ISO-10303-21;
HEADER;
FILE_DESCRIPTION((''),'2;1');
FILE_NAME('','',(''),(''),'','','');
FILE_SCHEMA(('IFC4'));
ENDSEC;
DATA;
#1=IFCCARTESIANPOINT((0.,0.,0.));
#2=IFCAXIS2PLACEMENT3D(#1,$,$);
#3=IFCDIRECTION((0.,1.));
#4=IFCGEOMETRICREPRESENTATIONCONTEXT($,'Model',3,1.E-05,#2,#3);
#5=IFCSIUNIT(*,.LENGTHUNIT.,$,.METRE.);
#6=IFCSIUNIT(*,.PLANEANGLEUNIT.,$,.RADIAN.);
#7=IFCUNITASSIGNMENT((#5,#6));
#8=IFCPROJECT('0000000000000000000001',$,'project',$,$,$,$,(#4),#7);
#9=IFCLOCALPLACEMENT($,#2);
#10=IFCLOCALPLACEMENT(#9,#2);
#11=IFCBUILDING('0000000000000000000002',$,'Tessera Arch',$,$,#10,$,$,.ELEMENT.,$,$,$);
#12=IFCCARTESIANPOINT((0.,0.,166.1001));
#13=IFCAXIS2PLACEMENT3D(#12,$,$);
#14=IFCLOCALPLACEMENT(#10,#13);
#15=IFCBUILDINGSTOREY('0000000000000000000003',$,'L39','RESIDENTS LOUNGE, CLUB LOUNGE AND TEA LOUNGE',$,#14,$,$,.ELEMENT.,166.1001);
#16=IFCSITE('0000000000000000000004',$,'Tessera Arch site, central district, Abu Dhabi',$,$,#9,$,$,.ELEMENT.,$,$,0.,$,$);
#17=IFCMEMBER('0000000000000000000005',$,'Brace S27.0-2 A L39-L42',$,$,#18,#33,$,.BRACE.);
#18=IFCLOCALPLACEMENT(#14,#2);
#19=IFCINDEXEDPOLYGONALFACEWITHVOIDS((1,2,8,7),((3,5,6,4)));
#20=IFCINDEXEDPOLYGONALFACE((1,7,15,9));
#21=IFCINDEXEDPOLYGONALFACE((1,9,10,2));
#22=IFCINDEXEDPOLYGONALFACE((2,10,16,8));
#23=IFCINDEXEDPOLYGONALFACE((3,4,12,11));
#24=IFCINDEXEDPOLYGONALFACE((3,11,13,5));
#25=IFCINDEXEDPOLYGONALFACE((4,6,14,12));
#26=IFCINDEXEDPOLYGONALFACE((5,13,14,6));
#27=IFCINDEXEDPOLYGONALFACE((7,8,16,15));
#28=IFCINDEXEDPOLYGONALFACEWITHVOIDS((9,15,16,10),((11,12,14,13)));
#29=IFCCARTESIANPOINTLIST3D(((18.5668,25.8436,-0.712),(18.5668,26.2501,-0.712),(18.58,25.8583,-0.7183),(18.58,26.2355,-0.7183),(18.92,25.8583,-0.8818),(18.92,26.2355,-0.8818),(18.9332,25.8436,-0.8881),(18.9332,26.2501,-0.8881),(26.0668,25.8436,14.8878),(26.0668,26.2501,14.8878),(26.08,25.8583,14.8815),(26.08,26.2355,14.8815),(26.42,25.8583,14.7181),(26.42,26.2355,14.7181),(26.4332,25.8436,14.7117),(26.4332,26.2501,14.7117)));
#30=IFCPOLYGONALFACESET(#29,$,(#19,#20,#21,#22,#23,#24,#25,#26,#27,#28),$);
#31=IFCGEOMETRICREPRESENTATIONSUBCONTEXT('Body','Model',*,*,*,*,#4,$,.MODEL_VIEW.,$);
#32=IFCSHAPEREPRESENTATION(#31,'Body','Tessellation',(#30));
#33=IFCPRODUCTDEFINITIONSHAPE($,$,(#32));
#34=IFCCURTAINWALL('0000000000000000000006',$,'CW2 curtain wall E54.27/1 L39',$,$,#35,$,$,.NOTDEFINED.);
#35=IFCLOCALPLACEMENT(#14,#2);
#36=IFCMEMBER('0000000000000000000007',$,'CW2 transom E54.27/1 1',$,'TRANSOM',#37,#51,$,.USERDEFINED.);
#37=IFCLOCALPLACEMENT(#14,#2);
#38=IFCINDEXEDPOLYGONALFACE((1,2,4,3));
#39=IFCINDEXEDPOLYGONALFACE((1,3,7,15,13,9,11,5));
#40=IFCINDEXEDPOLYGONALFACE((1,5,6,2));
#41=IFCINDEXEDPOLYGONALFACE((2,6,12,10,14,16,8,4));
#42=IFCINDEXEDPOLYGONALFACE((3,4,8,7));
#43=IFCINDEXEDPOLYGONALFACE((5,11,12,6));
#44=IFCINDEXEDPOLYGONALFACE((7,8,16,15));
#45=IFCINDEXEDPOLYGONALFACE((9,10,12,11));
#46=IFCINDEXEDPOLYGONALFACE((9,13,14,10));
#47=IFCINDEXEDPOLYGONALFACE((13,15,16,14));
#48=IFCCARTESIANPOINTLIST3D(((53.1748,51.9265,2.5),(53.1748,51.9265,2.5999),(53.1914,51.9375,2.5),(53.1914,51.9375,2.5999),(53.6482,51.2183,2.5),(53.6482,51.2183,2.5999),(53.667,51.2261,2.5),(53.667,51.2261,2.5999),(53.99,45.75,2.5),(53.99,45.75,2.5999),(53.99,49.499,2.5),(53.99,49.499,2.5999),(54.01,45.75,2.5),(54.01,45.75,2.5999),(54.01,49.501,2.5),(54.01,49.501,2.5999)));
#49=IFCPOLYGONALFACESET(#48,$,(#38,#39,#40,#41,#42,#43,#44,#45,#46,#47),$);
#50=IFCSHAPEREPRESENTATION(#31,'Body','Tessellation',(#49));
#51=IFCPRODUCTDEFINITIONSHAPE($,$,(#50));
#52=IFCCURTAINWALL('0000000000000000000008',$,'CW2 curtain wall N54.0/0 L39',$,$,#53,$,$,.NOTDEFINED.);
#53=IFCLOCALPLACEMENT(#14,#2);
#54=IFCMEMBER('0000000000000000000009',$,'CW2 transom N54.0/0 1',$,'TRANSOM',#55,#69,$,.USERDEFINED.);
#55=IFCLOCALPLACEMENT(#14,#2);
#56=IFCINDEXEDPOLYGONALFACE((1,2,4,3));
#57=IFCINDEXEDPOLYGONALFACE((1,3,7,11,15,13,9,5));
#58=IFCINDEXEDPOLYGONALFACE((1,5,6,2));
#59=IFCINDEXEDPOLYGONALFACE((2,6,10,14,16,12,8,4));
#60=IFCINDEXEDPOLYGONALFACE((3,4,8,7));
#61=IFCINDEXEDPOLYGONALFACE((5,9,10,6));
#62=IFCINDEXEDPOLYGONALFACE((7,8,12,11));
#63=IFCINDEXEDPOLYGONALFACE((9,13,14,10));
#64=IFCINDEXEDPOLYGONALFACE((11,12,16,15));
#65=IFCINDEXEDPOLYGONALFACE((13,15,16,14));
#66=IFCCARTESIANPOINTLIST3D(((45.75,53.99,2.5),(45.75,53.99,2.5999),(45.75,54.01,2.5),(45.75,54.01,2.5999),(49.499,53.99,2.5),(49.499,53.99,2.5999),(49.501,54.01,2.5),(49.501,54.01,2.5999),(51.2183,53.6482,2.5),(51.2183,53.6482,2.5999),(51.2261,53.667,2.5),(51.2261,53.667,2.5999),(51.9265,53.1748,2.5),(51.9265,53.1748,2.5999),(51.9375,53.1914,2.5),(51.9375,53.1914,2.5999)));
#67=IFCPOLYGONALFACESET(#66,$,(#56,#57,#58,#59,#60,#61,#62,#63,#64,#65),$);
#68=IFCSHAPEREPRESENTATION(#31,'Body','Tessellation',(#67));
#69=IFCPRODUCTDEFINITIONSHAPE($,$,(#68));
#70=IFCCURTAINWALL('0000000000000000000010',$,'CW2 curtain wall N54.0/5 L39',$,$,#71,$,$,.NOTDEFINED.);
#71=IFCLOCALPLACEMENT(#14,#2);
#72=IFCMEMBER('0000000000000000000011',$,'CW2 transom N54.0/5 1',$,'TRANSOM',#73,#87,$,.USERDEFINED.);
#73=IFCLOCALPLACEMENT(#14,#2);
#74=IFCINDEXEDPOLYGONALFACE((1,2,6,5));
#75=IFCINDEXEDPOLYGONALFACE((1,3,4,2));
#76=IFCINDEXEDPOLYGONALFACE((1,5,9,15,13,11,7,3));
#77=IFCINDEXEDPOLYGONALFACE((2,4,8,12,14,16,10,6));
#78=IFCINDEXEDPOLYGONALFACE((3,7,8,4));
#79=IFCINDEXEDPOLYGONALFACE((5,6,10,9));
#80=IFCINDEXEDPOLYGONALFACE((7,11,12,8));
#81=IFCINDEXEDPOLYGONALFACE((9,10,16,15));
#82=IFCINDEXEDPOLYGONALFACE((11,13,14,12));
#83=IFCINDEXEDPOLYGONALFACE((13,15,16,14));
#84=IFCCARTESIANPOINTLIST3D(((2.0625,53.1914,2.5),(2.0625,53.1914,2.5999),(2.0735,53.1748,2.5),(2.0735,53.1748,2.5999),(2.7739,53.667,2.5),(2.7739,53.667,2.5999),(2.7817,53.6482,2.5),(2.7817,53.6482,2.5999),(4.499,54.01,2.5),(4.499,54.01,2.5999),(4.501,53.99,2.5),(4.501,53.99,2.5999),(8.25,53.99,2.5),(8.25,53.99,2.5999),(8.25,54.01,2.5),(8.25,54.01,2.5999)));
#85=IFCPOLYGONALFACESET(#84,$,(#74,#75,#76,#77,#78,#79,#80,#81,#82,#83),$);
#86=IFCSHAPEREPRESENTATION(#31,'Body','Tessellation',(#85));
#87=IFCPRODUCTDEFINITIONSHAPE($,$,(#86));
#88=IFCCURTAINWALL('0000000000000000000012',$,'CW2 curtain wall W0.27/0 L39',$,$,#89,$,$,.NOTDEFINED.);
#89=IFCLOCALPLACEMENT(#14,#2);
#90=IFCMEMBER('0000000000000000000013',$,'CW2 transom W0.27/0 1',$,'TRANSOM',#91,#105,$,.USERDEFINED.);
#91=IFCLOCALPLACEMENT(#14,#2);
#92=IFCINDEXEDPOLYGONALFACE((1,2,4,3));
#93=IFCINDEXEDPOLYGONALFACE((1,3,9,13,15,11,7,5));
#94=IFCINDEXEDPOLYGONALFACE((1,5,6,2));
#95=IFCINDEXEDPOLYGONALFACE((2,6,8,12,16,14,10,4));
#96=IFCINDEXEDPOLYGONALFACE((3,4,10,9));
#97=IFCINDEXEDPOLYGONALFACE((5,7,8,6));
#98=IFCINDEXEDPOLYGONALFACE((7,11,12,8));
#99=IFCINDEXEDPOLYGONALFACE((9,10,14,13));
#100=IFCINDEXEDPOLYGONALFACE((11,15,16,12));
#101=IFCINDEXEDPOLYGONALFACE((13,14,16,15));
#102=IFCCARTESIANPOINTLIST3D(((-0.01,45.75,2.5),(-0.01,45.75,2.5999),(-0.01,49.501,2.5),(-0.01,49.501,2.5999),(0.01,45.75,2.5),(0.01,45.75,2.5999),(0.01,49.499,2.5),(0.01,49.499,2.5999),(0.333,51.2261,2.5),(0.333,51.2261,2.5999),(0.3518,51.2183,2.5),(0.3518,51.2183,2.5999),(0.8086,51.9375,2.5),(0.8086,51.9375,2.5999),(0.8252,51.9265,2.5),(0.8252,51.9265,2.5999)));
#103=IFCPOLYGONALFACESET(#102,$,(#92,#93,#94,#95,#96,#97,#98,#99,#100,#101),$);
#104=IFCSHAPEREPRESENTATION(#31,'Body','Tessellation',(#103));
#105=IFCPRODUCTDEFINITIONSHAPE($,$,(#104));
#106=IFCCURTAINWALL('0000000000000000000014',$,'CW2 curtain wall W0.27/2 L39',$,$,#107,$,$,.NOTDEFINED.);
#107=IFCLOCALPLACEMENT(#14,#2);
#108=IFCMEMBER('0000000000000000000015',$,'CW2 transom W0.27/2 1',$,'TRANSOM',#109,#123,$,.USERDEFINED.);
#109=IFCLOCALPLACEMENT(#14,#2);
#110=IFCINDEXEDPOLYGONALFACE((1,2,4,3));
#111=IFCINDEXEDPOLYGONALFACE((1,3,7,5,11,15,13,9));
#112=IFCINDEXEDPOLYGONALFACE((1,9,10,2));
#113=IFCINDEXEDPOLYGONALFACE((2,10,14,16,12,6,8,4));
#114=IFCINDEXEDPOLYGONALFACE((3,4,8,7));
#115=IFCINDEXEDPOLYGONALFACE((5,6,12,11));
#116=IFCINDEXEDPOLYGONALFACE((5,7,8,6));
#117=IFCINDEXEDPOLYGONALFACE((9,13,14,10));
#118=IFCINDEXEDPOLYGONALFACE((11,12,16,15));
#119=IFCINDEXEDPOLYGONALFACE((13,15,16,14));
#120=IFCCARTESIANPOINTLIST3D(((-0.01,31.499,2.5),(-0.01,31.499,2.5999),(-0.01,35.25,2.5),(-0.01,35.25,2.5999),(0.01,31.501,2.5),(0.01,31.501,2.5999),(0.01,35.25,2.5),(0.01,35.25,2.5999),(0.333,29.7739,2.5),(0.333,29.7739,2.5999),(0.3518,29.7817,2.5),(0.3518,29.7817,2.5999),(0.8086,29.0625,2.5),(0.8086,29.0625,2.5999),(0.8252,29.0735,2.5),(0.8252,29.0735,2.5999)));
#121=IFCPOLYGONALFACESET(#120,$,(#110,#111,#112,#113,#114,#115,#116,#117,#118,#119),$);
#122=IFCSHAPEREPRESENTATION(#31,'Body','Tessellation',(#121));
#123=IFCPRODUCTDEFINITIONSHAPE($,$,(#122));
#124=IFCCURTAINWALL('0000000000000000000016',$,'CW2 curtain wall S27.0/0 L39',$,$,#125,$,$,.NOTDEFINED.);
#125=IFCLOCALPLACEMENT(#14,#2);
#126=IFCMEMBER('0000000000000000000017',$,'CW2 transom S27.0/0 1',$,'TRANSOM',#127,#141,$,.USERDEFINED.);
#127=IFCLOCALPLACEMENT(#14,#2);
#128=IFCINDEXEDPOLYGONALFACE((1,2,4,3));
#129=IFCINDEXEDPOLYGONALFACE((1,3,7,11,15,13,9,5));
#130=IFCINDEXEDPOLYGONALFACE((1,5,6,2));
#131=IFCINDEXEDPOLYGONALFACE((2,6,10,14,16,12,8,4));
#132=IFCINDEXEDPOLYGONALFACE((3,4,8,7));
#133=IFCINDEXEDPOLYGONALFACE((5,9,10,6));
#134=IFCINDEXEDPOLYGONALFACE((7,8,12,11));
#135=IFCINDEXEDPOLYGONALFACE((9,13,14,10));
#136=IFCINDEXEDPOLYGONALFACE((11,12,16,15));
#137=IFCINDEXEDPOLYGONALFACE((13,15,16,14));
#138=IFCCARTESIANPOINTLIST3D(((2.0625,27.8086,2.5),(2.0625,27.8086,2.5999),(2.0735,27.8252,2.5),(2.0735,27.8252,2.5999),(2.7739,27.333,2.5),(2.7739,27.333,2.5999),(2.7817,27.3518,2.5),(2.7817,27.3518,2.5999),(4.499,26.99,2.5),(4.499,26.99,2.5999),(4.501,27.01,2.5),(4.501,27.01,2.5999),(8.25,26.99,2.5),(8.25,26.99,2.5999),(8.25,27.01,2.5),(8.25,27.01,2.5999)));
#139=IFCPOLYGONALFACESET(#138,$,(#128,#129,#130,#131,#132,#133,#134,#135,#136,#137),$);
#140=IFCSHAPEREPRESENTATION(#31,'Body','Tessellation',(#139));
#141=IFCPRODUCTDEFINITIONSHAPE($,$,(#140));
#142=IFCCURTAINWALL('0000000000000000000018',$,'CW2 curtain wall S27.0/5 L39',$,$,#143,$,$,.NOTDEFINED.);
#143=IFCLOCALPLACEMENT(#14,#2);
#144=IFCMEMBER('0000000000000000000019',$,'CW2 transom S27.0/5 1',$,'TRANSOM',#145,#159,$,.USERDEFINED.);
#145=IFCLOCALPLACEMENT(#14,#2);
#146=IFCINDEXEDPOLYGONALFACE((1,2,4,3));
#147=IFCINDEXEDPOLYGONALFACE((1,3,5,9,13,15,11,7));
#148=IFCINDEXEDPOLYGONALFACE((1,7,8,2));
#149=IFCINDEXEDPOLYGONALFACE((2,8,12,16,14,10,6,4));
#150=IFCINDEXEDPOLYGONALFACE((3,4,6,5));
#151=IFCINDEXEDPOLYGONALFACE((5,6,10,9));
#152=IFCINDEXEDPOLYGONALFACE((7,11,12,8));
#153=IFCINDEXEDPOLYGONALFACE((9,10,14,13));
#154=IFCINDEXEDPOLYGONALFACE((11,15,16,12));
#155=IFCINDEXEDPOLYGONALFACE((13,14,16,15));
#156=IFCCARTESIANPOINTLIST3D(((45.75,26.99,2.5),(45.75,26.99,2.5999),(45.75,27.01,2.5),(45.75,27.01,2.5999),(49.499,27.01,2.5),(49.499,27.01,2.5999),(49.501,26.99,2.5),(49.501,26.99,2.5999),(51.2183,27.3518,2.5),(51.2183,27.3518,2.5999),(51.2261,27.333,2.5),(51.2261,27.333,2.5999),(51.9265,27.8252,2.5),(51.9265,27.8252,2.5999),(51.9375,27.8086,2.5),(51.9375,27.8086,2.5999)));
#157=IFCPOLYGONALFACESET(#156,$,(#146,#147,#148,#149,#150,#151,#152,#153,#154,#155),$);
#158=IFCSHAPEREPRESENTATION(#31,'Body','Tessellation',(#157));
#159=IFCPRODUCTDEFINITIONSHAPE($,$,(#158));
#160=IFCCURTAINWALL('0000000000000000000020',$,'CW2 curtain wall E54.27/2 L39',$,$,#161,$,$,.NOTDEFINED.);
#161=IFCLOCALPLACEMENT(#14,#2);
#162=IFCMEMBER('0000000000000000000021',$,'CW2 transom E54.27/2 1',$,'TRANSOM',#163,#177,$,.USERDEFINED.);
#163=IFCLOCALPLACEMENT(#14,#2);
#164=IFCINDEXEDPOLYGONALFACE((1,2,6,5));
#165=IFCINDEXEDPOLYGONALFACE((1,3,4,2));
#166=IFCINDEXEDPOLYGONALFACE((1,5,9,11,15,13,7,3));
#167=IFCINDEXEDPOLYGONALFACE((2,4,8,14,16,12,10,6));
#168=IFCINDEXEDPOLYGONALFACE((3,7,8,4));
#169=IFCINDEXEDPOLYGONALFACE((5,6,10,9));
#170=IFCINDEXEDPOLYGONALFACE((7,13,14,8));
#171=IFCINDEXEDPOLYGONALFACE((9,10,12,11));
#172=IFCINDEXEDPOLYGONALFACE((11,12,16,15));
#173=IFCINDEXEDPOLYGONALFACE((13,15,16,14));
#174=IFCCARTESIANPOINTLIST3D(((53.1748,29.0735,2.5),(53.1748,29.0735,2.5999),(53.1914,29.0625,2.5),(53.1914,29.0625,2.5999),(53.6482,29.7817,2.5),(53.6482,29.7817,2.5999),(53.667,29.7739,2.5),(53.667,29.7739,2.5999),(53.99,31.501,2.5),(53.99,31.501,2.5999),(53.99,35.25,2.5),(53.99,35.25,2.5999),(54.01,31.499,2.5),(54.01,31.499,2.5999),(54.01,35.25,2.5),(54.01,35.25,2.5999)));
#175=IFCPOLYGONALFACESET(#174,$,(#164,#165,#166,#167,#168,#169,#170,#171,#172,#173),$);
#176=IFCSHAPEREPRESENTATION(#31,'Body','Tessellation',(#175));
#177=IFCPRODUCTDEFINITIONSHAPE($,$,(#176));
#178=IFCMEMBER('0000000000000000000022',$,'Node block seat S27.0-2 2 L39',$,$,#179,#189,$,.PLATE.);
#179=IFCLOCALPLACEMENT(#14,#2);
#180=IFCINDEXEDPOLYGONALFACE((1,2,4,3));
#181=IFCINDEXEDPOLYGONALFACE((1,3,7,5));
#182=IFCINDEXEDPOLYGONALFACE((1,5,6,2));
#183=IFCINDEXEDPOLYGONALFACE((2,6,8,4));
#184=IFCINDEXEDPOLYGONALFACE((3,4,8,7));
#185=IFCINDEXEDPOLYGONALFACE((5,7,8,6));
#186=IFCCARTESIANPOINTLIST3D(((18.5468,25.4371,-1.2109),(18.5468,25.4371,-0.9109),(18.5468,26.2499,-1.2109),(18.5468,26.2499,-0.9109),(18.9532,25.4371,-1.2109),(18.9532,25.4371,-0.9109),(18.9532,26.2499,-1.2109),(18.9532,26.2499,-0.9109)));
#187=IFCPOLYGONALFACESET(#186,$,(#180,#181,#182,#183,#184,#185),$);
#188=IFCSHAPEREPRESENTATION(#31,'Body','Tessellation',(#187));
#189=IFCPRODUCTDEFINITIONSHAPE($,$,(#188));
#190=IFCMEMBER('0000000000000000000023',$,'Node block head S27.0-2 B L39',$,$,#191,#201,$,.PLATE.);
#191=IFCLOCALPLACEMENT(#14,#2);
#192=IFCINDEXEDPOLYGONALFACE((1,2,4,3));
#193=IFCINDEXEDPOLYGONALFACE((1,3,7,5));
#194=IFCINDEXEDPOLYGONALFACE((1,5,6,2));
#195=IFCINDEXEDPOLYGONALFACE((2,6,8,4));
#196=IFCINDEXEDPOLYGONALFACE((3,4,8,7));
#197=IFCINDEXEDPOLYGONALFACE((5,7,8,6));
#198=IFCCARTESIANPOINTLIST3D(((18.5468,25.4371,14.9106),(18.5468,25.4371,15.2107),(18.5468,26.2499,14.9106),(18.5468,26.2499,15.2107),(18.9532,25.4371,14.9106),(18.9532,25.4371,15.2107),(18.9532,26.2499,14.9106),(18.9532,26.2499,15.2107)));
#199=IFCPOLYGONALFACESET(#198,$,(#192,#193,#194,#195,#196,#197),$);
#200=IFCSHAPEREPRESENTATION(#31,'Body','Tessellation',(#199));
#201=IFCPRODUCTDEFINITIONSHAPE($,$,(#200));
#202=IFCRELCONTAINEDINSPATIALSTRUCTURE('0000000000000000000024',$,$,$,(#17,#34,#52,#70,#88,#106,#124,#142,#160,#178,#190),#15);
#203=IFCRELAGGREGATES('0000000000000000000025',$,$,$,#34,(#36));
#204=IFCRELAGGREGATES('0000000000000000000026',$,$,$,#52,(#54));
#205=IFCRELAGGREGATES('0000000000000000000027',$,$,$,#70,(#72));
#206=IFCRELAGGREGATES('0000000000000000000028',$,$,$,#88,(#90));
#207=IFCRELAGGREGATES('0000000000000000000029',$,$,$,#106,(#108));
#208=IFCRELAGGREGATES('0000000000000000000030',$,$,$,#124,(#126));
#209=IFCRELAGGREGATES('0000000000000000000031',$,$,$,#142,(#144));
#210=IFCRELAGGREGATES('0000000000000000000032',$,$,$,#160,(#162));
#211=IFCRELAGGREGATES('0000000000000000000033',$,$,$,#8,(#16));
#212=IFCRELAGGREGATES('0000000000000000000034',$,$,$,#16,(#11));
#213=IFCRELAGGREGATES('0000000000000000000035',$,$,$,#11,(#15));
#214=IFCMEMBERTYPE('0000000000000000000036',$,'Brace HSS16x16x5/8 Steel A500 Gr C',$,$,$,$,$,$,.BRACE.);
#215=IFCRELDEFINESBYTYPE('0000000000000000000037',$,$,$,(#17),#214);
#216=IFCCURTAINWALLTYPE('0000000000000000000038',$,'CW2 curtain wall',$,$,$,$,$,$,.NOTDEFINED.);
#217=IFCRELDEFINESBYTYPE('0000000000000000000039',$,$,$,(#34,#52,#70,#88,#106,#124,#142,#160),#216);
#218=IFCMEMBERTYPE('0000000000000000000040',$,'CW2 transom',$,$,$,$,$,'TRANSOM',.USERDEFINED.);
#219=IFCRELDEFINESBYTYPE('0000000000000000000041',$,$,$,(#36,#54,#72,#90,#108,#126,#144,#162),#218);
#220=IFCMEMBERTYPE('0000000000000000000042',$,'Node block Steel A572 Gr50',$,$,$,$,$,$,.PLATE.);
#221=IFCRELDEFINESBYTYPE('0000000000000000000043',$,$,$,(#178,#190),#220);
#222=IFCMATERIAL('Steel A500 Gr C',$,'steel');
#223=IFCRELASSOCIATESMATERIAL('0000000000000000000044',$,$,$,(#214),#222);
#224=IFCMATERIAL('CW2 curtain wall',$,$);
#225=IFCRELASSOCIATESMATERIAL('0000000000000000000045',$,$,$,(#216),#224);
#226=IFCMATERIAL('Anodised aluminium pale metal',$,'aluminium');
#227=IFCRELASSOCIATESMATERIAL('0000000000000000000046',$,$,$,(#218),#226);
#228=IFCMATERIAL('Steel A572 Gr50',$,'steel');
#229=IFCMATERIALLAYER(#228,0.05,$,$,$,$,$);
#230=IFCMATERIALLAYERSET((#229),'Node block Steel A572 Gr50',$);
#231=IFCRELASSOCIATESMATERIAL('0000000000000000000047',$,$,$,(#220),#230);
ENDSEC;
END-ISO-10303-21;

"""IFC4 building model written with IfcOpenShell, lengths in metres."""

from ifc_helpers import new_model, si_unit, direction, frame, origin, origin_2d, place, context, subcontext, project, spatial, polyline, rectangle, hollow_rectangle, outline, extrude, material, layer, layer_set, material_profile, profile_set, type_object, element, aggregate, save


model = new_model("IFC4")

# Units and contexts
model_context = context("Model", 3, precision=1e-05, world=origin(), true_north=direction((0.0, 1.0)))
body_context = subcontext(model_context, "Body", "Model", "MODEL_VIEW")
ifc_project = project(units=[si_unit("LENGTHUNIT", "METRE"), si_unit("PLANEANGLEUNIT", "RADIAN")], contexts=[model_context])

# Site, building, storey
site_placement = place(None, origin())
site = spatial("IfcSite", under=ifc_project, at=site_placement, Name="Tessera Arch site, central district, Abu Dhabi", CompositionType="ELEMENT", RefElevation=0.0)
building_placement = place(site_placement, origin())
building = spatial("IfcBuilding", under=site, at=building_placement, Name="Tessera Arch", CompositionType="ELEMENT")
storey_placement = place(building_placement, frame((0.0, 0.0, 166.1001)))
storey = spatial("IfcBuildingStorey", under=building, at=storey_placement, Name="L39", Description="RESIDENTS LOUNGE, CLUB LOUNGE AND TEA LOUNGE", CompositionType="ELEMENT", Elevation=166.1001)

# Member
ifc_material_1 = material(Name="Steel A500 Gr C", Category="steel")
ifc_material_profile_1 = material_profile(ifc_material_1, hollow_rectangle(XDim=0.4065, YDim=0.4065, WallThickness=0.0146, at=origin_2d()), Name="HSS16x16x5/8")
ifc_profile_set_1 = profile_set([ifc_material_profile_1], Name="Steel A500 Gr C")
member_type_1 = type_object("IfcMemberType", Name="Brace HSS16x16x5/8 Steel A500 Gr C", PredefinedType="BRACE", material=ifc_profile_set_1)
member_1_placement = place(storey_placement, frame((18.75, 26.0469, -0.8), z_axis=(0.433298, 0.0, 0.901251), x_axis=(0.0, 1.0, 0.0)))
element("IfcMember", 1, at=member_1_placement, inside=storey, type_object=member_type_1, Name="Brace S27.0-2 A L39-L42", PredefinedType="BRACE", context=body_context, shape_type="SweptSolid", body=[
    extrude(hollow_rectangle(XDim=0.4065, YDim=0.4065, WallThickness=0.0146, at=origin_2d()), origin(), (0.0, 0.0, 1.0), 17.3091),
])

# Curtain walls, members
ifc_material_2 = material(Name="CW2 curtain wall")
curtain_wall_type_1 = type_object("IfcCurtainWallType", Name="CW2 curtain wall", PredefinedType="NOTDEFINED", material=ifc_material_2)
curtain_wall_1_placement = place(storey_placement, origin())
curtain_wall_1 = element("IfcCurtainWall", 2, at=curtain_wall_1_placement, inside=storey, type_object=curtain_wall_type_1, Name="CW2 curtain wall E54.27/1 L39", PredefinedType="NOTDEFINED")
ifc_material_3 = material(Name="Anodised aluminium pale metal", Category="aluminium")
ifc_material_profile_2 = material_profile(ifc_material_3, rectangle(XDim=0.2, YDim=0.1001, at=origin_2d()), Name="AL 200x100")
ifc_profile_set_2 = profile_set([ifc_material_profile_2], Name="Anodised aluminium pale metal")
member_type_2 = type_object("IfcMemberType", Name="CW2 transom", ElementType="TRANSOM", PredefinedType="USERDEFINED", material=ifc_profile_set_2)
member_2_placement = place(storey_placement, frame((0.0, 0.0, 2.5)))
member_2 = element("IfcMember", 3, at=member_2_placement, type_object=member_type_2, Name="CW2 transom E54.27/1 1", ObjectType="TRANSOM", PredefinedType="USERDEFINED", context=body_context, shape_type="SweptSolid", body=[
    extrude(outline(polyline([(53.99, 49.499), (53.99, 45.75), (54.01, 45.75), (54.01, 49.501), (53.667, 51.2261), (53.1914, 51.9375), (53.1748, 51.9265), (53.6482, 51.2183), (53.99, 49.499)])), origin(), (0.0, 0.0, 1.0), 0.0999),
])
curtain_wall_2_placement = place(storey_placement, origin())
curtain_wall_2 = element("IfcCurtainWall", 4, at=curtain_wall_2_placement, inside=storey, type_object=curtain_wall_type_1, Name="CW2 curtain wall N54.0/0 L39", PredefinedType="NOTDEFINED")
member_3_placement = place(storey_placement, frame((0.0, 0.0, 2.5)))
member_3 = element("IfcMember", 5, at=member_3_placement, type_object=member_type_2, Name="CW2 transom N54.0/0 1", ObjectType="TRANSOM", PredefinedType="USERDEFINED", context=body_context, shape_type="SweptSolid", body=[
    extrude(outline(polyline([(51.2183, 53.6482), (51.9265, 53.1748), (51.9375, 53.1914), (51.2261, 53.667), (49.501, 54.01), (45.75, 54.01), (45.75, 53.99), (49.499, 53.99), (51.2183, 53.6482)])), origin(), (0.0, 0.0, 1.0), 0.0999),
])
curtain_wall_3_placement = place(storey_placement, origin())
curtain_wall_3 = element("IfcCurtainWall", 6, at=curtain_wall_3_placement, inside=storey, type_object=curtain_wall_type_1, Name="CW2 curtain wall N54.0/5 L39", PredefinedType="NOTDEFINED")
member_4_placement = place(storey_placement, frame((0.0, 0.0, 2.5)))
member_4 = element("IfcMember", 7, at=member_4_placement, type_object=member_type_2, Name="CW2 transom N54.0/5 1", ObjectType="TRANSOM", PredefinedType="USERDEFINED", context=body_context, shape_type="SweptSolid", body=[
    extrude(outline(polyline([(4.501, 53.99), (8.25, 53.99), (8.25, 54.01), (4.499, 54.01), (2.7739, 53.667), (2.0625, 53.1914), (2.0735, 53.1748), (2.7817, 53.6482), (4.501, 53.99)])), origin(), (0.0, 0.0, 1.0), 0.0999),
])
curtain_wall_4_placement = place(storey_placement, origin())
curtain_wall_4 = element("IfcCurtainWall", 8, at=curtain_wall_4_placement, inside=storey, type_object=curtain_wall_type_1, Name="CW2 curtain wall W0.27/0 L39", PredefinedType="NOTDEFINED")
member_5_placement = place(storey_placement, frame((0.0, 0.0, 2.5)))
member_5 = element("IfcMember", 9, at=member_5_placement, type_object=member_type_2, Name="CW2 transom W0.27/0 1", ObjectType="TRANSOM", PredefinedType="USERDEFINED", context=body_context, shape_type="SweptSolid", body=[
    extrude(outline(polyline([(0.3518, 51.2183), (0.8252, 51.9265), (0.8086, 51.9375), (0.333, 51.2261), (-0.01, 49.501), (-0.01, 45.75), (0.01, 45.75), (0.01, 49.499), (0.3518, 51.2183)])), origin(), (0.0, 0.0, 1.0), 0.0999),
])
curtain_wall_5_placement = place(storey_placement, origin())
curtain_wall_5 = element("IfcCurtainWall", 10, at=curtain_wall_5_placement, inside=storey, type_object=curtain_wall_type_1, Name="CW2 curtain wall W0.27/2 L39", PredefinedType="NOTDEFINED")
member_6_placement = place(storey_placement, frame((0.0, 0.0, 2.5)))
member_6 = element("IfcMember", 11, at=member_6_placement, type_object=member_type_2, Name="CW2 transom W0.27/2 1", ObjectType="TRANSOM", PredefinedType="USERDEFINED", context=body_context, shape_type="SweptSolid", body=[
    extrude(outline(polyline([(0.01, 31.501), (0.01, 35.25), (-0.01, 35.25), (-0.01, 31.499), (0.333, 29.7739), (0.8086, 29.0625), (0.8252, 29.0735), (0.3518, 29.7817), (0.01, 31.501)])), origin(), (0.0, 0.0, 1.0), 0.0999),
])
curtain_wall_6_placement = place(storey_placement, origin())
curtain_wall_6 = element("IfcCurtainWall", 12, at=curtain_wall_6_placement, inside=storey, type_object=curtain_wall_type_1, Name="CW2 curtain wall S27.0/0 L39", PredefinedType="NOTDEFINED")
member_7_placement = place(storey_placement, frame((0.0, 0.0, 2.5)))
member_7 = element("IfcMember", 13, at=member_7_placement, type_object=member_type_2, Name="CW2 transom S27.0/0 1", ObjectType="TRANSOM", PredefinedType="USERDEFINED", context=body_context, shape_type="SweptSolid", body=[
    extrude(outline(polyline([(2.7817, 27.3518), (2.0735, 27.8252), (2.0625, 27.8086), (2.7739, 27.333), (4.499, 26.99), (8.25, 26.99), (8.25, 27.01), (4.501, 27.01), (2.7817, 27.3518)])), origin(), (0.0, 0.0, 1.0), 0.0999),
])
curtain_wall_7_placement = place(storey_placement, origin())
curtain_wall_7 = element("IfcCurtainWall", 14, at=curtain_wall_7_placement, inside=storey, type_object=curtain_wall_type_1, Name="CW2 curtain wall S27.0/5 L39", PredefinedType="NOTDEFINED")
member_8_placement = place(storey_placement, frame((0.0, 0.0, 2.5)))
member_8 = element("IfcMember", 15, at=member_8_placement, type_object=member_type_2, Name="CW2 transom S27.0/5 1", ObjectType="TRANSOM", PredefinedType="USERDEFINED", context=body_context, shape_type="SweptSolid", body=[
    extrude(outline(polyline([(49.499, 27.01), (45.75, 27.01), (45.75, 26.99), (49.501, 26.99), (51.2261, 27.333), (51.9375, 27.8086), (51.9265, 27.8252), (51.2183, 27.3518), (49.499, 27.01)])), origin(), (0.0, 0.0, 1.0), 0.0999),
])
curtain_wall_8_placement = place(storey_placement, origin())
curtain_wall_8 = element("IfcCurtainWall", 16, at=curtain_wall_8_placement, inside=storey, type_object=curtain_wall_type_1, Name="CW2 curtain wall E54.27/2 L39", PredefinedType="NOTDEFINED")
member_9_placement = place(storey_placement, frame((0.0, 0.0, 2.5)))
member_9 = element("IfcMember", 17, at=member_9_placement, type_object=member_type_2, Name="CW2 transom E54.27/2 1", ObjectType="TRANSOM", PredefinedType="USERDEFINED", context=body_context, shape_type="SweptSolid", body=[
    extrude(outline(polyline([(53.6482, 29.7817), (53.1748, 29.0735), (53.1914, 29.0625), (53.667, 29.7739), (54.01, 31.499), (54.01, 35.25), (53.99, 35.25), (53.99, 31.501), (53.6482, 29.7817)])), origin(), (0.0, 0.0, 1.0), 0.0999),
])

# Members
ifc_material_4 = material(Name="Steel A572 Gr50", Category="steel")
ifc_layer_1 = layer(ifc_material_4, 0.05)
ifc_layer_set_1 = layer_set([ifc_layer_1], Name="Node block Steel A572 Gr50")
member_type_3 = type_object("IfcMemberType", Name="Node block Steel A572 Gr50", PredefinedType="PLATE", material=ifc_layer_set_1)
for number, where, z_axis, x_axis, name in (
    (18, (18.75, 25.8435, -1.2109), (0.0, 0.0, 1.0), (1.0, 0.0, 0.0), "Node block seat S27.0-2 2 L39"),
    (19, (18.75, 25.8435, 14.9106), (0.0, 0.0, 1.0), (1.0, 0.0, 0.0), "Node block head S27.0-2 B L39"),
):
    element("IfcMember", number, at=place(storey_placement, frame(where, z_axis=z_axis, x_axis=x_axis)), inside=storey, type_object=member_type_3, Name=name, PredefinedType="PLATE", context=body_context, shape_type="SweptSolid", body=[
        extrude(rectangle(XDim=0.4065, YDim=0.8127, at=origin_2d()), origin(), (0.0, 0.0, 1.0), 0.3),
    ])

aggregate(curtain_wall_1, [member_2])
aggregate(curtain_wall_2, [member_3])
aggregate(curtain_wall_3, [member_4])
aggregate(curtain_wall_4, [member_5])
aggregate(curtain_wall_5, [member_6])
aggregate(curtain_wall_6, [member_7])
aggregate(curtain_wall_7, [member_8])
aggregate(curtain_wall_8, [member_9])

save(model, "model.ifc")
